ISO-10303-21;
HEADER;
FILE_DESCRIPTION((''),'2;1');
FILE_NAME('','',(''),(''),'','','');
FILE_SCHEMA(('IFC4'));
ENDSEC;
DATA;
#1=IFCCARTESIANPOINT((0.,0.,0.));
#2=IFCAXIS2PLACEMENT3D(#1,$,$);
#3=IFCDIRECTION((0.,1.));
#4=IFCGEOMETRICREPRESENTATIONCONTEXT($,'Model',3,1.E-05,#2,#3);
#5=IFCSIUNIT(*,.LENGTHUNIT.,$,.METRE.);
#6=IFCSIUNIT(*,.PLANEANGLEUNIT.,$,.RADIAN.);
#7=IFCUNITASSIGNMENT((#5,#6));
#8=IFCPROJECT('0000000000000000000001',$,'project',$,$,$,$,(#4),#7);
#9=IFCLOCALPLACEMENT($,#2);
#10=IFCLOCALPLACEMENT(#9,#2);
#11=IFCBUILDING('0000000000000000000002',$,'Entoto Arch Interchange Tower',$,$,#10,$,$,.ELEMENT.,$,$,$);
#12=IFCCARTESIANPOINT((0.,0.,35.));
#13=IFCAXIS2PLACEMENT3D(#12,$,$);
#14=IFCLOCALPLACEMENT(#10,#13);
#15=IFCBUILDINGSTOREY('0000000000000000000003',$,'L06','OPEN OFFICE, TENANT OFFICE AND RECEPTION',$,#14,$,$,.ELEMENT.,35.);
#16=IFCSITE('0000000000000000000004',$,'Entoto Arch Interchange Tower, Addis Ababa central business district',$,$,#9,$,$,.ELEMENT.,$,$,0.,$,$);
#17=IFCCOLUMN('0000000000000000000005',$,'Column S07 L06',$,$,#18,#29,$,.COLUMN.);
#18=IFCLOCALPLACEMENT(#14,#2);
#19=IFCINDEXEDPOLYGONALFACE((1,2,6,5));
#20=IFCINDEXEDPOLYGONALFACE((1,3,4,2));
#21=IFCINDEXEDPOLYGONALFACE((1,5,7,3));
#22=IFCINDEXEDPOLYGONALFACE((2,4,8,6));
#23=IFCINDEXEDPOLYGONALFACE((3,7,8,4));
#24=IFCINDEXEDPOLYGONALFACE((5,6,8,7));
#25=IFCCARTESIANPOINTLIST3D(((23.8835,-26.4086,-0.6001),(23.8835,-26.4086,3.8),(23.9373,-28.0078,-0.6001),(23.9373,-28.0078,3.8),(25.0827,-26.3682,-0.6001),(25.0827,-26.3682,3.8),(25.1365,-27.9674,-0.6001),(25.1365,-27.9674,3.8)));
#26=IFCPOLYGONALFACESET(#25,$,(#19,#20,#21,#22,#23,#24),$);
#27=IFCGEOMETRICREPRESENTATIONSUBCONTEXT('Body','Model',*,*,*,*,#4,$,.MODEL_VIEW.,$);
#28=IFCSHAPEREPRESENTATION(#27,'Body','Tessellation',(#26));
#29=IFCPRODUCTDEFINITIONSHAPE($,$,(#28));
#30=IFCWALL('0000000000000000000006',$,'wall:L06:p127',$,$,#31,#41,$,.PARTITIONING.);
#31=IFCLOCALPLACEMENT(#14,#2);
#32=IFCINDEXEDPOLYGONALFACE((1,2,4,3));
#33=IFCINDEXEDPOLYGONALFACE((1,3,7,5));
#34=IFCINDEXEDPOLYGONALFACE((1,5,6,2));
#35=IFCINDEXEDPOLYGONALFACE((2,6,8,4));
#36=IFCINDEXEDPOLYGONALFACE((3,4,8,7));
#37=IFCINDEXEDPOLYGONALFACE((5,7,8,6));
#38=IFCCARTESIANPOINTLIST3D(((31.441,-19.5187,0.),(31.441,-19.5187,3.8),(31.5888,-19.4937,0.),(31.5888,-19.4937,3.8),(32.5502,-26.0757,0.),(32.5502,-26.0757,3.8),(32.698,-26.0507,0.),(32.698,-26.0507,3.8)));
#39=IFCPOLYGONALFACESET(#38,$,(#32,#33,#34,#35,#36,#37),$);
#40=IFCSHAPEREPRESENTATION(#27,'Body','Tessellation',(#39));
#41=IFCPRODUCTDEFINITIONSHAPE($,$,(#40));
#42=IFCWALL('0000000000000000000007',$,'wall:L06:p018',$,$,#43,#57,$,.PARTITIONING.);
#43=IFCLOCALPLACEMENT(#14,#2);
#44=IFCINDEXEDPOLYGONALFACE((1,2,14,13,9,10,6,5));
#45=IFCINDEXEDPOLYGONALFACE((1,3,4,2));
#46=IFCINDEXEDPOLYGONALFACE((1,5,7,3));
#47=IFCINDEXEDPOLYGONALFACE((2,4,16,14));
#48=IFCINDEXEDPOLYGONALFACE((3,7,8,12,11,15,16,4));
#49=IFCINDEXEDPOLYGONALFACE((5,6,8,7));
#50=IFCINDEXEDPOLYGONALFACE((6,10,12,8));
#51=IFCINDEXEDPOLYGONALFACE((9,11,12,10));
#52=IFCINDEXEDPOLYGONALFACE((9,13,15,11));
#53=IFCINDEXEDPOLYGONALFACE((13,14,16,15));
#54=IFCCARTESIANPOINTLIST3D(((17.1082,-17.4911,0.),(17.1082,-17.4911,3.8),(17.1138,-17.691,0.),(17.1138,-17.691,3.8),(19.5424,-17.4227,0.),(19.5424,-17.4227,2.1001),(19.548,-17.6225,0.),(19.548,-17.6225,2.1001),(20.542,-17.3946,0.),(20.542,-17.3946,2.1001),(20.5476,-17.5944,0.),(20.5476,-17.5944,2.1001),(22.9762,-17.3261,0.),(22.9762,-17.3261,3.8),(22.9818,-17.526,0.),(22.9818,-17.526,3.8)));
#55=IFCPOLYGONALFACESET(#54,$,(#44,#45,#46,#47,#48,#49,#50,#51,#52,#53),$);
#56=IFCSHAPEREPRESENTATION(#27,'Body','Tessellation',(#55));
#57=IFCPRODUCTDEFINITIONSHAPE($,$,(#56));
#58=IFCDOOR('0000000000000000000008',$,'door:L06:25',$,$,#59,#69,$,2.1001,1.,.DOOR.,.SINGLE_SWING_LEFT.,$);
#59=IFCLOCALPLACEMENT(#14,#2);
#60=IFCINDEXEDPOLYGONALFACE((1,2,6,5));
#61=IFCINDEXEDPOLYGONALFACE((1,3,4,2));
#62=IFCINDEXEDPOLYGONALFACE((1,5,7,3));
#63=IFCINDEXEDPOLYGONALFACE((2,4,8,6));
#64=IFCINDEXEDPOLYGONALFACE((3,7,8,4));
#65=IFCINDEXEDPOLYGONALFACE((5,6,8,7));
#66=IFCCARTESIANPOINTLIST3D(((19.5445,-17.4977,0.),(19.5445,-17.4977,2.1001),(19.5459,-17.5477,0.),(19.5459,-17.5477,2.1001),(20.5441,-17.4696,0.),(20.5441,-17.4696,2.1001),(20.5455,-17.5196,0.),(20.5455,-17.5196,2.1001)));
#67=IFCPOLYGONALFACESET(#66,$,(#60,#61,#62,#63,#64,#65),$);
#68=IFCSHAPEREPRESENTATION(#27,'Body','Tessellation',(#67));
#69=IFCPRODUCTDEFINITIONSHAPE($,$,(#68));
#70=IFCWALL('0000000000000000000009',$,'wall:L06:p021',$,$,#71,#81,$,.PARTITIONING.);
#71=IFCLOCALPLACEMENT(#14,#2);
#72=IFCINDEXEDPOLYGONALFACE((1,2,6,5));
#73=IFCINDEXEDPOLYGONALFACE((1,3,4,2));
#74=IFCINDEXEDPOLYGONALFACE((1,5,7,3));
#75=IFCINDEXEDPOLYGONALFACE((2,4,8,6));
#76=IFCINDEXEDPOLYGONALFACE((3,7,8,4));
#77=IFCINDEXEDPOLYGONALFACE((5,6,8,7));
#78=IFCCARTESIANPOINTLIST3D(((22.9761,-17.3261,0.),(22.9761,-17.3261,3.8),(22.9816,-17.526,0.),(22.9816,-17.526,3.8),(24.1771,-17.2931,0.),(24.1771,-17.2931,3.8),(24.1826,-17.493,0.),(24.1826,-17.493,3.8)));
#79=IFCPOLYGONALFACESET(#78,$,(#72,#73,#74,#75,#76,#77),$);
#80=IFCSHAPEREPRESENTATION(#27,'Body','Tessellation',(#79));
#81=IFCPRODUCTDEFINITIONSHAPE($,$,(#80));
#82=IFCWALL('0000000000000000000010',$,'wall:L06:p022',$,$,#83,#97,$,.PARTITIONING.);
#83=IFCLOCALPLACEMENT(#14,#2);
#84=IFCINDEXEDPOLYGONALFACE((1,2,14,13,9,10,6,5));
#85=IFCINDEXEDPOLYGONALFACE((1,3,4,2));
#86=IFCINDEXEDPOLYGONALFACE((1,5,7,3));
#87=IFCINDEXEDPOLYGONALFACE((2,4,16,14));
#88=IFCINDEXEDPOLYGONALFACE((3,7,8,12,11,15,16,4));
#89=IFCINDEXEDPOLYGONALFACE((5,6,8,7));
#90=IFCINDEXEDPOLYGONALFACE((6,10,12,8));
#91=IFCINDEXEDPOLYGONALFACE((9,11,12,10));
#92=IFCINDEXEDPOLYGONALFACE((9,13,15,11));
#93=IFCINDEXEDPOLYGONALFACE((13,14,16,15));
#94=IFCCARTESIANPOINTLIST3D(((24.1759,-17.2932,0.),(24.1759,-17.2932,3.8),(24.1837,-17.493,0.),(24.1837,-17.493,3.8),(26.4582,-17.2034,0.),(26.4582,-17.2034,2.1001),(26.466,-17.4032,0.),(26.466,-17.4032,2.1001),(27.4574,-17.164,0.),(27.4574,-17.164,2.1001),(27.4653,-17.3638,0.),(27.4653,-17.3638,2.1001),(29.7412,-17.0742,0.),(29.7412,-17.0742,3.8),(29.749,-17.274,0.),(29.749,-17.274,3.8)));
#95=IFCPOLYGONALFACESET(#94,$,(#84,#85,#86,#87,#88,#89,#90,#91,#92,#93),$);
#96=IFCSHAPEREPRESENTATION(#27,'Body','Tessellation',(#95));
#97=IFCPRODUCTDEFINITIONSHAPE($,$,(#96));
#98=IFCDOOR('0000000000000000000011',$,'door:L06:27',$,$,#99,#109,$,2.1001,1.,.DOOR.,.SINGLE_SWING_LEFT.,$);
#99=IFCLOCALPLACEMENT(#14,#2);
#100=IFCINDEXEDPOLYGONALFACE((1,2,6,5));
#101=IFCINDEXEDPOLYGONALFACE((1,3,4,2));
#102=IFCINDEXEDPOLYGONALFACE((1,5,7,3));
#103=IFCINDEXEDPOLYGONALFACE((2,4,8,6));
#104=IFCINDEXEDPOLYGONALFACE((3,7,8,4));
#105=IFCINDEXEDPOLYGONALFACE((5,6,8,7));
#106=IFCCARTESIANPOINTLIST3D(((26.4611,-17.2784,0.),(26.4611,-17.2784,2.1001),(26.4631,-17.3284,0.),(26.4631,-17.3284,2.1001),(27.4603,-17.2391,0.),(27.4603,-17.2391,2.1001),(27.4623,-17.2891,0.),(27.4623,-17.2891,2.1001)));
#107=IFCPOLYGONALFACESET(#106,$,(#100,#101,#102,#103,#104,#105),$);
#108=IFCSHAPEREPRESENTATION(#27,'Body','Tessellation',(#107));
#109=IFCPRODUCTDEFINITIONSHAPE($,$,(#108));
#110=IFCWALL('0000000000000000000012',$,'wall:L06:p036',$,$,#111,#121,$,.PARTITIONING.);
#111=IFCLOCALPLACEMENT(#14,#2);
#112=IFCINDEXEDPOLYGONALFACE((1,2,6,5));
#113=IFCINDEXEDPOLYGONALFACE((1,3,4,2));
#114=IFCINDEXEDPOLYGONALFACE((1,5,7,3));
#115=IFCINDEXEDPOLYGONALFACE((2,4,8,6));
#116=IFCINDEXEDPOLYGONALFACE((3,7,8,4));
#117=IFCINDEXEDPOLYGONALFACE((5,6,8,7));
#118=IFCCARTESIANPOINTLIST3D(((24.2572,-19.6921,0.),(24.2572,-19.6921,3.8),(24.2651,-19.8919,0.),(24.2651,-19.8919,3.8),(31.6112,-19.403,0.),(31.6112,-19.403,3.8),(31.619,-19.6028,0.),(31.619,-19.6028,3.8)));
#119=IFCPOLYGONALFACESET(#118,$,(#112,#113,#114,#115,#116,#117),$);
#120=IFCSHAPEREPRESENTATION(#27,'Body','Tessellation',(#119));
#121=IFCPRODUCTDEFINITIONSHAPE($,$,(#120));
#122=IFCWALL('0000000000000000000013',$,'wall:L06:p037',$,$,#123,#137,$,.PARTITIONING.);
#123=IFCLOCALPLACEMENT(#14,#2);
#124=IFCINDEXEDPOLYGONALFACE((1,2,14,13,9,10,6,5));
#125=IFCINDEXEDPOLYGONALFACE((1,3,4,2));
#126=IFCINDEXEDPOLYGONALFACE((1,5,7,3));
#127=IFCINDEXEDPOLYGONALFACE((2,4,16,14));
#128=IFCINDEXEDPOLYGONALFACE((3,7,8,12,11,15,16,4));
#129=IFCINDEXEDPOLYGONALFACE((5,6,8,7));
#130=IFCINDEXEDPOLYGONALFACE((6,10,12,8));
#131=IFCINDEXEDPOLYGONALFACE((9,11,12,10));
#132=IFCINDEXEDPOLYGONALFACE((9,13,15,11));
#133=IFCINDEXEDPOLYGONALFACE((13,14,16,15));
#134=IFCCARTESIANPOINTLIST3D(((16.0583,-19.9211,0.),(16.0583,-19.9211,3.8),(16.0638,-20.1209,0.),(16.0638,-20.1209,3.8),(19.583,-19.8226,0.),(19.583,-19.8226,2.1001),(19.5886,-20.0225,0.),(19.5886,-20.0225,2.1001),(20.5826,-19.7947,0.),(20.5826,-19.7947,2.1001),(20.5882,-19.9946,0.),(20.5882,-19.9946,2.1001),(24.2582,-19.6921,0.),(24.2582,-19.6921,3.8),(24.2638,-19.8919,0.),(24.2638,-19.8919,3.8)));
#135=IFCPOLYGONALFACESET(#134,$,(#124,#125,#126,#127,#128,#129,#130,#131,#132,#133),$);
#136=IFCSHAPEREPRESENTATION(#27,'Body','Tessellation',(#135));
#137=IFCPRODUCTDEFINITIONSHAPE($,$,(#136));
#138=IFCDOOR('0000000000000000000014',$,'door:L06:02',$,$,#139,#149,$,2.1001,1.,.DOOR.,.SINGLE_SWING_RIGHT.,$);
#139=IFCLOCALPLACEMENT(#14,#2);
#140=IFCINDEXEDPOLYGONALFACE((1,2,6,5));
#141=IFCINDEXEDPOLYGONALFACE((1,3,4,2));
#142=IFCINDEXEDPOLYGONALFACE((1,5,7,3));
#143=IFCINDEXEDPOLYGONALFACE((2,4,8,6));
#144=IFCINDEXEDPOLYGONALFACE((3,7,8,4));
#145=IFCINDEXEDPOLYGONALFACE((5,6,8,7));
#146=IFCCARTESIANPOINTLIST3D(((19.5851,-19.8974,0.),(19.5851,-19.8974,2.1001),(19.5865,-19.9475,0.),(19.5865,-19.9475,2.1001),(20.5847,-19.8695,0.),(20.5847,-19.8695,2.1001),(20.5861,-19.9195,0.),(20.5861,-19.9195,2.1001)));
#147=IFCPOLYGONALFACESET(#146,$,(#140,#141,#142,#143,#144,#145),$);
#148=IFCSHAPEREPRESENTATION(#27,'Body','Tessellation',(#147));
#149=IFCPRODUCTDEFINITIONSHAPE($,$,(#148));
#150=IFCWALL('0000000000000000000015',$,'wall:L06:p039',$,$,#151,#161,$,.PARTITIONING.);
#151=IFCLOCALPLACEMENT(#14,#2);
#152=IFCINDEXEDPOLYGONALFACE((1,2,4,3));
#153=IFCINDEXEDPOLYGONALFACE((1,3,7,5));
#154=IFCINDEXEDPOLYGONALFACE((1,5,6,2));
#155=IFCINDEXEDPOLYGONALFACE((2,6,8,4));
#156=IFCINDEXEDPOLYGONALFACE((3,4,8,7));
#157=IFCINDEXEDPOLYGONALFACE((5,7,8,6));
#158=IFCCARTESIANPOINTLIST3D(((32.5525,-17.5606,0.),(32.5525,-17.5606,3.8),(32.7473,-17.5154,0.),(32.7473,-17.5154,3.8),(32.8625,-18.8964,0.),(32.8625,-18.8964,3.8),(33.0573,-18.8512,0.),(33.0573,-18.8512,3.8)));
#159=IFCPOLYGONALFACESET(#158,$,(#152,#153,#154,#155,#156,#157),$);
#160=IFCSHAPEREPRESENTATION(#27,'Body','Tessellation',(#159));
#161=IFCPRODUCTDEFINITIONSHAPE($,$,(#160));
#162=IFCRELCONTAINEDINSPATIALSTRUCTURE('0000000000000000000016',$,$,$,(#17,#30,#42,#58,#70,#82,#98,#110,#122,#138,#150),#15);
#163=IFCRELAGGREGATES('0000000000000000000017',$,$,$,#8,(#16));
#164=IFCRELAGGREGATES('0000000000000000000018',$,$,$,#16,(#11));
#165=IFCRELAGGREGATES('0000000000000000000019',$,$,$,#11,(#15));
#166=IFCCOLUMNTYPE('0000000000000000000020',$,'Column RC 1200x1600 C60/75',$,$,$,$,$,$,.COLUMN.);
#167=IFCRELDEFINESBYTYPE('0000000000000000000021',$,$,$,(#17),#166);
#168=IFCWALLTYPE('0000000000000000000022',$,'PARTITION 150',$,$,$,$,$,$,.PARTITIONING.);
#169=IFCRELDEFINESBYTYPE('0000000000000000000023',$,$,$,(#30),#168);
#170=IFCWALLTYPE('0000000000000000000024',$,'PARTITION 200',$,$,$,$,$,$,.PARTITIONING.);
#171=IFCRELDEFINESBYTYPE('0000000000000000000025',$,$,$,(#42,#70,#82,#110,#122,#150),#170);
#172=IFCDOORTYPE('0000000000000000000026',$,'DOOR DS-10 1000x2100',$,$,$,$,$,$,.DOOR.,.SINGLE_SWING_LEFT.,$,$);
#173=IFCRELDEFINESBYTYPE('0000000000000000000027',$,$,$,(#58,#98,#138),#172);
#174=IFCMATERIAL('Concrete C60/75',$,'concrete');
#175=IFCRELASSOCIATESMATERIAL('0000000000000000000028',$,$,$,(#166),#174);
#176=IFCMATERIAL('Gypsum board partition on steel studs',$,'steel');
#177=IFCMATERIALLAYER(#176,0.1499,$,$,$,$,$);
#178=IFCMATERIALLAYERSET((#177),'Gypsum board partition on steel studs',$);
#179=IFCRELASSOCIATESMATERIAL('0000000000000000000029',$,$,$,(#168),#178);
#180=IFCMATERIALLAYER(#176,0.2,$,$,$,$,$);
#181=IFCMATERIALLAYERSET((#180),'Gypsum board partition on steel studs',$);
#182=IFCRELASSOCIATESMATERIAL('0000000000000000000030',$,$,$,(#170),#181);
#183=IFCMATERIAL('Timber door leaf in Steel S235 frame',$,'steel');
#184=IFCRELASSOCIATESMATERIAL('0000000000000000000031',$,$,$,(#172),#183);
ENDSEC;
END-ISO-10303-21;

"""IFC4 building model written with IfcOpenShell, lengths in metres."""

from ifc_helpers import new_model, si_unit, direction, frame, frame_2d, origin, origin_2d, place, context, subcontext, project, spatial, rectangle, extrude, material, layer, layer_set, material_profile, profile_set, type_object, element, fill, save


model = new_model("IFC4")

# Units and contexts
model_context = context("Model", 3, precision=1e-05, world=origin(), true_north=direction((0.0, 1.0)))
body_context = subcontext(model_context, "Body", "Model", "MODEL_VIEW")
ifc_project = project(units=[si_unit("LENGTHUNIT", "METRE"), si_unit("PLANEANGLEUNIT", "RADIAN")], contexts=[model_context])

# Site, building, storey
site_placement = place(None, origin())
site = spatial("IfcSite", under=ifc_project, at=site_placement, Name="Entoto Arch Interchange Tower, Addis Ababa central business district", CompositionType="ELEMENT", RefElevation=0.0)
building_placement = place(site_placement, origin())
building = spatial("IfcBuilding", under=site, at=building_placement, Name="Entoto Arch Interchange Tower", CompositionType="ELEMENT")
storey_placement = place(building_placement, frame((0.0, 0.0, 35.0)))
storey = spatial("IfcBuildingStorey", under=building, at=storey_placement, Name="L06", Description="OPEN OFFICE, TENANT OFFICE AND RECEPTION", CompositionType="ELEMENT", Elevation=35.0)

# Column
ifc_material_1 = material(Name="Concrete C60/75", Category="concrete")
ifc_material_profile = material_profile(ifc_material_1, rectangle(XDim=1.2, YDim=1.6001, at=origin_2d()))
ifc_profile_set = profile_set([ifc_material_profile], Name="Concrete C60/75")
column_type = type_object("IfcColumnType", Name="Column RC 1200x1600 C60/75", PredefinedType="COLUMN", material=ifc_profile_set)
column_placement = place(storey_placement, frame((24.51, -27.188, -0.6001), z_axis=(0.0, 0.0, 1.0), x_axis=(0.999434, 0.033626, 0.0)))
element("IfcColumn", 1, at=column_placement, inside=storey, type_object=column_type, Name="Column S07 L06", PredefinedType="COLUMN", context=body_context, shape_type="SweptSolid", body=[
    extrude(rectangle(XDim=1.2, YDim=1.6001, at=origin_2d()), origin(), (0.0, 0.0, 1.0), 4.4001),
])

# Wall
ifc_material_2 = material(Name="Gypsum board partition on steel studs", Category="steel")
ifc_layer_1 = layer(ifc_material_2, 0.1499)
ifc_layer_set_1 = layer_set([ifc_layer_1], Name="Gypsum board partition on steel studs")
wall_type_1 = type_object("IfcWallType", Name="PARTITION 150", PredefinedType="PARTITIONING", material=ifc_layer_set_1)
wall_1_placement = place(storey_placement, frame((31.5149, -19.5061, 0.0), z_axis=(0.0, 0.0, 1.0), x_axis=(0.166786, -0.985993, 0.0)))
element("IfcWall", 2, at=wall_1_placement, inside=storey, type_object=wall_type_1, Name="wall:L06:p127", PredefinedType="PARTITIONING", context=body_context, shape_type="SweptSolid", body=[
    extrude(rectangle(XDim=6.6501, YDim=0.1499, at=frame_2d((3.3252, 0.0))), origin(), (0.0, 0.0, 1.0), 3.8),
])

# Wall, opening, door
ifc_layer_2 = layer(ifc_material_2, 0.2)
ifc_layer_set_2 = layer_set([ifc_layer_2], Name="Gypsum board partition on steel studs")
wall_type_2 = type_object("IfcWallType", Name="PARTITION 200", PredefinedType="PARTITIONING", material=ifc_layer_set_2)
wall_2_placement = place(storey_placement, frame((17.1111, -17.5911, 0.0), z_axis=(0.0, 0.0, 1.0), x_axis=(0.999605, 0.028115, 0.0)))
wall_2 = element("IfcWall", 3, at=wall_2_placement, inside=storey, type_object=wall_type_2, Name="wall:L06:p018", PredefinedType="PARTITIONING", context=body_context, shape_type="SweptSolid", body=[
    extrude(rectangle(XDim=5.8704, YDim=0.2, at=frame_2d((2.9351, 0.0))), origin(), (0.0, 0.0, 1.0), 3.8),
])
opening_1_placement = place(wall_2_placement, frame((2.4351, 0.0, 0.0)))
opening_1 = element("IfcOpeningElement", 4, at=opening_1_placement, cuts=wall_2, PredefinedType="OPENING", context=body_context, shape_type="SweptSolid", body=[
    extrude(rectangle(XDim=1.0, YDim=2.1001, at=frame_2d((0.5, 1.05))), frame((0.0, 0.1099, 0.0), z_axis=(0.0, -1.0, 0.0), x_axis=(1.0, 0.0, 0.0)), (0.0, 0.0, 1.0), 0.22),
])
ifc_material_3 = material(Name="Timber door leaf in Steel S235 frame", Category="steel")
door_type = type_object("IfcDoorType", Name="DOOR DS-10 1000x2100", OperationType="SINGLE_SWING_LEFT", PredefinedType="DOOR", material=ifc_material_3)
door_1_placement = place(opening_1_placement, origin())
door_1 = element("IfcDoor", 5, at=door_1_placement, inside=storey, type_object=door_type, Name="door:L06:25", OperationType="SINGLE_SWING_LEFT", OverallHeight=2.1001, OverallWidth=1.0, PredefinedType="DOOR", context=body_context, shape_type="SweptSolid", body=[
    extrude(rectangle(XDim=1.0, YDim=2.1001, at=frame_2d((0.5, 1.05))), frame((0.0, 0.0249, 0.0), z_axis=(0.0, -1.0, 0.0), x_axis=(1.0, 0.0, 0.0)), (0.0, 0.0, 1.0), 0.05),
])
fill(opening_1, door_1)

# Wall
wall_3_placement = place(storey_placement, frame((22.979, -17.426, 0.0), z_axis=(0.0, 0.0, 1.0), x_axis=(0.999624, 0.027434, 0.0)))
element("IfcWall", 6, at=wall_3_placement, inside=storey, type_object=wall_type_2, Name="wall:L06:p021", PredefinedType="PARTITIONING", context=body_context, shape_type="SweptSolid", body=[
    extrude(rectangle(XDim=1.2014, YDim=0.2, at=frame_2d((0.6006, 0.0))), origin(), (0.0, 0.0, 1.0), 3.8),
])

# Wall, opening, door
wall_4_placement = place(storey_placement, frame((24.1799, -17.3931, 0.0), z_axis=(0.0, 0.0, 1.0), x_axis=(0.999227, 0.03932, 0.0)))
wall_4 = element("IfcWall", 7, at=wall_4_placement, inside=storey, type_object=wall_type_2, Name="wall:L06:p022", PredefinedType="PARTITIONING", context=body_context, shape_type="SweptSolid", body=[
    extrude(rectangle(XDim=5.5696, YDim=0.2, at=frame_2d((2.7847, 0.0))), origin(), (0.0, 0.0, 1.0), 3.8),
])
opening_2_placement = place(wall_4_placement, frame((2.2839, 0.0, 0.0)))
opening_2 = element("IfcOpeningElement", 8, at=opening_2_placement, cuts=wall_4, PredefinedType="OPENING", context=body_context, shape_type="SweptSolid", body=[
    extrude(rectangle(XDim=1.0, YDim=2.1001, at=frame_2d((0.5, 1.05))), frame((0.0, 0.1099, 0.0), z_axis=(0.0, -1.0, 0.0), x_axis=(1.0, 0.0, 0.0)), (0.0, 0.0, 1.0), 0.22),
])
door_2_placement = place(opening_2_placement, origin())
door_2 = element("IfcDoor", 9, at=door_2_placement, inside=storey, type_object=door_type, Name="door:L06:27", OperationType="SINGLE_SWING_LEFT", OverallHeight=2.1001, OverallWidth=1.0, PredefinedType="DOOR", context=body_context, shape_type="SweptSolid", body=[
    extrude(rectangle(XDim=1.0, YDim=2.1001, at=frame_2d((0.5, 1.05))), frame((0.0, 0.0249, 0.0), z_axis=(0.0, -1.0, 0.0), x_axis=(1.0, 0.0, 0.0)), (0.0, 0.0, 1.0), 0.05),
])
fill(opening_2, door_2)

# Wall
wall_5_placement = place(storey_placement, frame((31.615, -19.5029, 0.0), z_axis=(0.0, 0.0, 1.0), x_axis=(-0.999228, -0.039276, 0.0)))
element("IfcWall", 10, at=wall_5_placement, inside=storey, type_object=wall_type_2, Name="wall:L06:p036", PredefinedType="PARTITIONING", context=body_context, shape_type="SweptSolid", body=[
    extrude(rectangle(XDim=7.3596, YDim=0.2, at=frame_2d((3.6797, 0.0))), origin(), (0.0, 0.0, 1.0), 3.8),
])

# Wall, opening, door
wall_6_placement = place(storey_placement, frame((24.261, -19.792, 0.0), z_axis=(0.0, 0.0, 1.0), x_axis=(-0.99961, -0.027917, 0.0)))
wall_6 = element("IfcWall", 11, at=wall_6_placement, inside=storey, type_object=wall_type_2, Name="wall:L06:p037", PredefinedType="PARTITIONING", context=body_context, shape_type="SweptSolid", body=[
    extrude(rectangle(XDim=8.2031, YDim=0.2, at=frame_2d((4.1016, 0.0))), origin(), (0.0, 0.0, 1.0), 3.8),
])
opening_3_placement = place(wall_6_placement, frame((3.677, 0.0, 0.0)))
opening_3 = element("IfcOpeningElement", 12, at=opening_3_placement, cuts=wall_6, PredefinedType="OPENING", context=body_context, shape_type="SweptSolid", body=[
    extrude(rectangle(XDim=1.0, YDim=2.1001, at=frame_2d((0.5, 1.05))), frame((0.0, 0.1099, 0.0), z_axis=(0.0, -1.0, 0.0), x_axis=(1.0, 0.0, 0.0)), (0.0, 0.0, 1.0), 0.22),
])
door_3_placement = place(opening_3_placement, origin())
door_3 = element("IfcDoor", 13, at=door_3_placement, inside=storey, type_object=door_type, Name="door:L06:02", OperationType="SINGLE_SWING_RIGHT", OverallHeight=2.1001, OverallWidth=1.0, PredefinedType="DOOR", context=body_context, shape_type="SweptSolid", body=[
    extrude(rectangle(XDim=1.0, YDim=2.1001, at=frame_2d((0.5, 1.05))), frame((0.0, 0.0249, 0.0), z_axis=(0.0, -1.0, 0.0), x_axis=(1.0, 0.0, 0.0)), (0.0, 0.0, 1.0), 0.05),
])
fill(opening_3, door_3)

# Wall
wall_7_placement = place(storey_placement, frame((32.6499, -17.5381, 0.0), z_axis=(0.0, 0.0, 1.0), x_axis=(0.226081, -0.974108, 0.0)))
element("IfcWall", 14, at=wall_7_placement, inside=storey, type_object=wall_type_2, Name="wall:L06:p039", PredefinedType="PARTITIONING", context=body_context, shape_type="SweptSolid", body=[
    extrude(rectangle(XDim=1.3713, YDim=0.2, at=frame_2d((0.6855, 0.0))), origin(), (0.0, 0.0, 1.0), 3.8),
])

save(model, "model.ifc")
